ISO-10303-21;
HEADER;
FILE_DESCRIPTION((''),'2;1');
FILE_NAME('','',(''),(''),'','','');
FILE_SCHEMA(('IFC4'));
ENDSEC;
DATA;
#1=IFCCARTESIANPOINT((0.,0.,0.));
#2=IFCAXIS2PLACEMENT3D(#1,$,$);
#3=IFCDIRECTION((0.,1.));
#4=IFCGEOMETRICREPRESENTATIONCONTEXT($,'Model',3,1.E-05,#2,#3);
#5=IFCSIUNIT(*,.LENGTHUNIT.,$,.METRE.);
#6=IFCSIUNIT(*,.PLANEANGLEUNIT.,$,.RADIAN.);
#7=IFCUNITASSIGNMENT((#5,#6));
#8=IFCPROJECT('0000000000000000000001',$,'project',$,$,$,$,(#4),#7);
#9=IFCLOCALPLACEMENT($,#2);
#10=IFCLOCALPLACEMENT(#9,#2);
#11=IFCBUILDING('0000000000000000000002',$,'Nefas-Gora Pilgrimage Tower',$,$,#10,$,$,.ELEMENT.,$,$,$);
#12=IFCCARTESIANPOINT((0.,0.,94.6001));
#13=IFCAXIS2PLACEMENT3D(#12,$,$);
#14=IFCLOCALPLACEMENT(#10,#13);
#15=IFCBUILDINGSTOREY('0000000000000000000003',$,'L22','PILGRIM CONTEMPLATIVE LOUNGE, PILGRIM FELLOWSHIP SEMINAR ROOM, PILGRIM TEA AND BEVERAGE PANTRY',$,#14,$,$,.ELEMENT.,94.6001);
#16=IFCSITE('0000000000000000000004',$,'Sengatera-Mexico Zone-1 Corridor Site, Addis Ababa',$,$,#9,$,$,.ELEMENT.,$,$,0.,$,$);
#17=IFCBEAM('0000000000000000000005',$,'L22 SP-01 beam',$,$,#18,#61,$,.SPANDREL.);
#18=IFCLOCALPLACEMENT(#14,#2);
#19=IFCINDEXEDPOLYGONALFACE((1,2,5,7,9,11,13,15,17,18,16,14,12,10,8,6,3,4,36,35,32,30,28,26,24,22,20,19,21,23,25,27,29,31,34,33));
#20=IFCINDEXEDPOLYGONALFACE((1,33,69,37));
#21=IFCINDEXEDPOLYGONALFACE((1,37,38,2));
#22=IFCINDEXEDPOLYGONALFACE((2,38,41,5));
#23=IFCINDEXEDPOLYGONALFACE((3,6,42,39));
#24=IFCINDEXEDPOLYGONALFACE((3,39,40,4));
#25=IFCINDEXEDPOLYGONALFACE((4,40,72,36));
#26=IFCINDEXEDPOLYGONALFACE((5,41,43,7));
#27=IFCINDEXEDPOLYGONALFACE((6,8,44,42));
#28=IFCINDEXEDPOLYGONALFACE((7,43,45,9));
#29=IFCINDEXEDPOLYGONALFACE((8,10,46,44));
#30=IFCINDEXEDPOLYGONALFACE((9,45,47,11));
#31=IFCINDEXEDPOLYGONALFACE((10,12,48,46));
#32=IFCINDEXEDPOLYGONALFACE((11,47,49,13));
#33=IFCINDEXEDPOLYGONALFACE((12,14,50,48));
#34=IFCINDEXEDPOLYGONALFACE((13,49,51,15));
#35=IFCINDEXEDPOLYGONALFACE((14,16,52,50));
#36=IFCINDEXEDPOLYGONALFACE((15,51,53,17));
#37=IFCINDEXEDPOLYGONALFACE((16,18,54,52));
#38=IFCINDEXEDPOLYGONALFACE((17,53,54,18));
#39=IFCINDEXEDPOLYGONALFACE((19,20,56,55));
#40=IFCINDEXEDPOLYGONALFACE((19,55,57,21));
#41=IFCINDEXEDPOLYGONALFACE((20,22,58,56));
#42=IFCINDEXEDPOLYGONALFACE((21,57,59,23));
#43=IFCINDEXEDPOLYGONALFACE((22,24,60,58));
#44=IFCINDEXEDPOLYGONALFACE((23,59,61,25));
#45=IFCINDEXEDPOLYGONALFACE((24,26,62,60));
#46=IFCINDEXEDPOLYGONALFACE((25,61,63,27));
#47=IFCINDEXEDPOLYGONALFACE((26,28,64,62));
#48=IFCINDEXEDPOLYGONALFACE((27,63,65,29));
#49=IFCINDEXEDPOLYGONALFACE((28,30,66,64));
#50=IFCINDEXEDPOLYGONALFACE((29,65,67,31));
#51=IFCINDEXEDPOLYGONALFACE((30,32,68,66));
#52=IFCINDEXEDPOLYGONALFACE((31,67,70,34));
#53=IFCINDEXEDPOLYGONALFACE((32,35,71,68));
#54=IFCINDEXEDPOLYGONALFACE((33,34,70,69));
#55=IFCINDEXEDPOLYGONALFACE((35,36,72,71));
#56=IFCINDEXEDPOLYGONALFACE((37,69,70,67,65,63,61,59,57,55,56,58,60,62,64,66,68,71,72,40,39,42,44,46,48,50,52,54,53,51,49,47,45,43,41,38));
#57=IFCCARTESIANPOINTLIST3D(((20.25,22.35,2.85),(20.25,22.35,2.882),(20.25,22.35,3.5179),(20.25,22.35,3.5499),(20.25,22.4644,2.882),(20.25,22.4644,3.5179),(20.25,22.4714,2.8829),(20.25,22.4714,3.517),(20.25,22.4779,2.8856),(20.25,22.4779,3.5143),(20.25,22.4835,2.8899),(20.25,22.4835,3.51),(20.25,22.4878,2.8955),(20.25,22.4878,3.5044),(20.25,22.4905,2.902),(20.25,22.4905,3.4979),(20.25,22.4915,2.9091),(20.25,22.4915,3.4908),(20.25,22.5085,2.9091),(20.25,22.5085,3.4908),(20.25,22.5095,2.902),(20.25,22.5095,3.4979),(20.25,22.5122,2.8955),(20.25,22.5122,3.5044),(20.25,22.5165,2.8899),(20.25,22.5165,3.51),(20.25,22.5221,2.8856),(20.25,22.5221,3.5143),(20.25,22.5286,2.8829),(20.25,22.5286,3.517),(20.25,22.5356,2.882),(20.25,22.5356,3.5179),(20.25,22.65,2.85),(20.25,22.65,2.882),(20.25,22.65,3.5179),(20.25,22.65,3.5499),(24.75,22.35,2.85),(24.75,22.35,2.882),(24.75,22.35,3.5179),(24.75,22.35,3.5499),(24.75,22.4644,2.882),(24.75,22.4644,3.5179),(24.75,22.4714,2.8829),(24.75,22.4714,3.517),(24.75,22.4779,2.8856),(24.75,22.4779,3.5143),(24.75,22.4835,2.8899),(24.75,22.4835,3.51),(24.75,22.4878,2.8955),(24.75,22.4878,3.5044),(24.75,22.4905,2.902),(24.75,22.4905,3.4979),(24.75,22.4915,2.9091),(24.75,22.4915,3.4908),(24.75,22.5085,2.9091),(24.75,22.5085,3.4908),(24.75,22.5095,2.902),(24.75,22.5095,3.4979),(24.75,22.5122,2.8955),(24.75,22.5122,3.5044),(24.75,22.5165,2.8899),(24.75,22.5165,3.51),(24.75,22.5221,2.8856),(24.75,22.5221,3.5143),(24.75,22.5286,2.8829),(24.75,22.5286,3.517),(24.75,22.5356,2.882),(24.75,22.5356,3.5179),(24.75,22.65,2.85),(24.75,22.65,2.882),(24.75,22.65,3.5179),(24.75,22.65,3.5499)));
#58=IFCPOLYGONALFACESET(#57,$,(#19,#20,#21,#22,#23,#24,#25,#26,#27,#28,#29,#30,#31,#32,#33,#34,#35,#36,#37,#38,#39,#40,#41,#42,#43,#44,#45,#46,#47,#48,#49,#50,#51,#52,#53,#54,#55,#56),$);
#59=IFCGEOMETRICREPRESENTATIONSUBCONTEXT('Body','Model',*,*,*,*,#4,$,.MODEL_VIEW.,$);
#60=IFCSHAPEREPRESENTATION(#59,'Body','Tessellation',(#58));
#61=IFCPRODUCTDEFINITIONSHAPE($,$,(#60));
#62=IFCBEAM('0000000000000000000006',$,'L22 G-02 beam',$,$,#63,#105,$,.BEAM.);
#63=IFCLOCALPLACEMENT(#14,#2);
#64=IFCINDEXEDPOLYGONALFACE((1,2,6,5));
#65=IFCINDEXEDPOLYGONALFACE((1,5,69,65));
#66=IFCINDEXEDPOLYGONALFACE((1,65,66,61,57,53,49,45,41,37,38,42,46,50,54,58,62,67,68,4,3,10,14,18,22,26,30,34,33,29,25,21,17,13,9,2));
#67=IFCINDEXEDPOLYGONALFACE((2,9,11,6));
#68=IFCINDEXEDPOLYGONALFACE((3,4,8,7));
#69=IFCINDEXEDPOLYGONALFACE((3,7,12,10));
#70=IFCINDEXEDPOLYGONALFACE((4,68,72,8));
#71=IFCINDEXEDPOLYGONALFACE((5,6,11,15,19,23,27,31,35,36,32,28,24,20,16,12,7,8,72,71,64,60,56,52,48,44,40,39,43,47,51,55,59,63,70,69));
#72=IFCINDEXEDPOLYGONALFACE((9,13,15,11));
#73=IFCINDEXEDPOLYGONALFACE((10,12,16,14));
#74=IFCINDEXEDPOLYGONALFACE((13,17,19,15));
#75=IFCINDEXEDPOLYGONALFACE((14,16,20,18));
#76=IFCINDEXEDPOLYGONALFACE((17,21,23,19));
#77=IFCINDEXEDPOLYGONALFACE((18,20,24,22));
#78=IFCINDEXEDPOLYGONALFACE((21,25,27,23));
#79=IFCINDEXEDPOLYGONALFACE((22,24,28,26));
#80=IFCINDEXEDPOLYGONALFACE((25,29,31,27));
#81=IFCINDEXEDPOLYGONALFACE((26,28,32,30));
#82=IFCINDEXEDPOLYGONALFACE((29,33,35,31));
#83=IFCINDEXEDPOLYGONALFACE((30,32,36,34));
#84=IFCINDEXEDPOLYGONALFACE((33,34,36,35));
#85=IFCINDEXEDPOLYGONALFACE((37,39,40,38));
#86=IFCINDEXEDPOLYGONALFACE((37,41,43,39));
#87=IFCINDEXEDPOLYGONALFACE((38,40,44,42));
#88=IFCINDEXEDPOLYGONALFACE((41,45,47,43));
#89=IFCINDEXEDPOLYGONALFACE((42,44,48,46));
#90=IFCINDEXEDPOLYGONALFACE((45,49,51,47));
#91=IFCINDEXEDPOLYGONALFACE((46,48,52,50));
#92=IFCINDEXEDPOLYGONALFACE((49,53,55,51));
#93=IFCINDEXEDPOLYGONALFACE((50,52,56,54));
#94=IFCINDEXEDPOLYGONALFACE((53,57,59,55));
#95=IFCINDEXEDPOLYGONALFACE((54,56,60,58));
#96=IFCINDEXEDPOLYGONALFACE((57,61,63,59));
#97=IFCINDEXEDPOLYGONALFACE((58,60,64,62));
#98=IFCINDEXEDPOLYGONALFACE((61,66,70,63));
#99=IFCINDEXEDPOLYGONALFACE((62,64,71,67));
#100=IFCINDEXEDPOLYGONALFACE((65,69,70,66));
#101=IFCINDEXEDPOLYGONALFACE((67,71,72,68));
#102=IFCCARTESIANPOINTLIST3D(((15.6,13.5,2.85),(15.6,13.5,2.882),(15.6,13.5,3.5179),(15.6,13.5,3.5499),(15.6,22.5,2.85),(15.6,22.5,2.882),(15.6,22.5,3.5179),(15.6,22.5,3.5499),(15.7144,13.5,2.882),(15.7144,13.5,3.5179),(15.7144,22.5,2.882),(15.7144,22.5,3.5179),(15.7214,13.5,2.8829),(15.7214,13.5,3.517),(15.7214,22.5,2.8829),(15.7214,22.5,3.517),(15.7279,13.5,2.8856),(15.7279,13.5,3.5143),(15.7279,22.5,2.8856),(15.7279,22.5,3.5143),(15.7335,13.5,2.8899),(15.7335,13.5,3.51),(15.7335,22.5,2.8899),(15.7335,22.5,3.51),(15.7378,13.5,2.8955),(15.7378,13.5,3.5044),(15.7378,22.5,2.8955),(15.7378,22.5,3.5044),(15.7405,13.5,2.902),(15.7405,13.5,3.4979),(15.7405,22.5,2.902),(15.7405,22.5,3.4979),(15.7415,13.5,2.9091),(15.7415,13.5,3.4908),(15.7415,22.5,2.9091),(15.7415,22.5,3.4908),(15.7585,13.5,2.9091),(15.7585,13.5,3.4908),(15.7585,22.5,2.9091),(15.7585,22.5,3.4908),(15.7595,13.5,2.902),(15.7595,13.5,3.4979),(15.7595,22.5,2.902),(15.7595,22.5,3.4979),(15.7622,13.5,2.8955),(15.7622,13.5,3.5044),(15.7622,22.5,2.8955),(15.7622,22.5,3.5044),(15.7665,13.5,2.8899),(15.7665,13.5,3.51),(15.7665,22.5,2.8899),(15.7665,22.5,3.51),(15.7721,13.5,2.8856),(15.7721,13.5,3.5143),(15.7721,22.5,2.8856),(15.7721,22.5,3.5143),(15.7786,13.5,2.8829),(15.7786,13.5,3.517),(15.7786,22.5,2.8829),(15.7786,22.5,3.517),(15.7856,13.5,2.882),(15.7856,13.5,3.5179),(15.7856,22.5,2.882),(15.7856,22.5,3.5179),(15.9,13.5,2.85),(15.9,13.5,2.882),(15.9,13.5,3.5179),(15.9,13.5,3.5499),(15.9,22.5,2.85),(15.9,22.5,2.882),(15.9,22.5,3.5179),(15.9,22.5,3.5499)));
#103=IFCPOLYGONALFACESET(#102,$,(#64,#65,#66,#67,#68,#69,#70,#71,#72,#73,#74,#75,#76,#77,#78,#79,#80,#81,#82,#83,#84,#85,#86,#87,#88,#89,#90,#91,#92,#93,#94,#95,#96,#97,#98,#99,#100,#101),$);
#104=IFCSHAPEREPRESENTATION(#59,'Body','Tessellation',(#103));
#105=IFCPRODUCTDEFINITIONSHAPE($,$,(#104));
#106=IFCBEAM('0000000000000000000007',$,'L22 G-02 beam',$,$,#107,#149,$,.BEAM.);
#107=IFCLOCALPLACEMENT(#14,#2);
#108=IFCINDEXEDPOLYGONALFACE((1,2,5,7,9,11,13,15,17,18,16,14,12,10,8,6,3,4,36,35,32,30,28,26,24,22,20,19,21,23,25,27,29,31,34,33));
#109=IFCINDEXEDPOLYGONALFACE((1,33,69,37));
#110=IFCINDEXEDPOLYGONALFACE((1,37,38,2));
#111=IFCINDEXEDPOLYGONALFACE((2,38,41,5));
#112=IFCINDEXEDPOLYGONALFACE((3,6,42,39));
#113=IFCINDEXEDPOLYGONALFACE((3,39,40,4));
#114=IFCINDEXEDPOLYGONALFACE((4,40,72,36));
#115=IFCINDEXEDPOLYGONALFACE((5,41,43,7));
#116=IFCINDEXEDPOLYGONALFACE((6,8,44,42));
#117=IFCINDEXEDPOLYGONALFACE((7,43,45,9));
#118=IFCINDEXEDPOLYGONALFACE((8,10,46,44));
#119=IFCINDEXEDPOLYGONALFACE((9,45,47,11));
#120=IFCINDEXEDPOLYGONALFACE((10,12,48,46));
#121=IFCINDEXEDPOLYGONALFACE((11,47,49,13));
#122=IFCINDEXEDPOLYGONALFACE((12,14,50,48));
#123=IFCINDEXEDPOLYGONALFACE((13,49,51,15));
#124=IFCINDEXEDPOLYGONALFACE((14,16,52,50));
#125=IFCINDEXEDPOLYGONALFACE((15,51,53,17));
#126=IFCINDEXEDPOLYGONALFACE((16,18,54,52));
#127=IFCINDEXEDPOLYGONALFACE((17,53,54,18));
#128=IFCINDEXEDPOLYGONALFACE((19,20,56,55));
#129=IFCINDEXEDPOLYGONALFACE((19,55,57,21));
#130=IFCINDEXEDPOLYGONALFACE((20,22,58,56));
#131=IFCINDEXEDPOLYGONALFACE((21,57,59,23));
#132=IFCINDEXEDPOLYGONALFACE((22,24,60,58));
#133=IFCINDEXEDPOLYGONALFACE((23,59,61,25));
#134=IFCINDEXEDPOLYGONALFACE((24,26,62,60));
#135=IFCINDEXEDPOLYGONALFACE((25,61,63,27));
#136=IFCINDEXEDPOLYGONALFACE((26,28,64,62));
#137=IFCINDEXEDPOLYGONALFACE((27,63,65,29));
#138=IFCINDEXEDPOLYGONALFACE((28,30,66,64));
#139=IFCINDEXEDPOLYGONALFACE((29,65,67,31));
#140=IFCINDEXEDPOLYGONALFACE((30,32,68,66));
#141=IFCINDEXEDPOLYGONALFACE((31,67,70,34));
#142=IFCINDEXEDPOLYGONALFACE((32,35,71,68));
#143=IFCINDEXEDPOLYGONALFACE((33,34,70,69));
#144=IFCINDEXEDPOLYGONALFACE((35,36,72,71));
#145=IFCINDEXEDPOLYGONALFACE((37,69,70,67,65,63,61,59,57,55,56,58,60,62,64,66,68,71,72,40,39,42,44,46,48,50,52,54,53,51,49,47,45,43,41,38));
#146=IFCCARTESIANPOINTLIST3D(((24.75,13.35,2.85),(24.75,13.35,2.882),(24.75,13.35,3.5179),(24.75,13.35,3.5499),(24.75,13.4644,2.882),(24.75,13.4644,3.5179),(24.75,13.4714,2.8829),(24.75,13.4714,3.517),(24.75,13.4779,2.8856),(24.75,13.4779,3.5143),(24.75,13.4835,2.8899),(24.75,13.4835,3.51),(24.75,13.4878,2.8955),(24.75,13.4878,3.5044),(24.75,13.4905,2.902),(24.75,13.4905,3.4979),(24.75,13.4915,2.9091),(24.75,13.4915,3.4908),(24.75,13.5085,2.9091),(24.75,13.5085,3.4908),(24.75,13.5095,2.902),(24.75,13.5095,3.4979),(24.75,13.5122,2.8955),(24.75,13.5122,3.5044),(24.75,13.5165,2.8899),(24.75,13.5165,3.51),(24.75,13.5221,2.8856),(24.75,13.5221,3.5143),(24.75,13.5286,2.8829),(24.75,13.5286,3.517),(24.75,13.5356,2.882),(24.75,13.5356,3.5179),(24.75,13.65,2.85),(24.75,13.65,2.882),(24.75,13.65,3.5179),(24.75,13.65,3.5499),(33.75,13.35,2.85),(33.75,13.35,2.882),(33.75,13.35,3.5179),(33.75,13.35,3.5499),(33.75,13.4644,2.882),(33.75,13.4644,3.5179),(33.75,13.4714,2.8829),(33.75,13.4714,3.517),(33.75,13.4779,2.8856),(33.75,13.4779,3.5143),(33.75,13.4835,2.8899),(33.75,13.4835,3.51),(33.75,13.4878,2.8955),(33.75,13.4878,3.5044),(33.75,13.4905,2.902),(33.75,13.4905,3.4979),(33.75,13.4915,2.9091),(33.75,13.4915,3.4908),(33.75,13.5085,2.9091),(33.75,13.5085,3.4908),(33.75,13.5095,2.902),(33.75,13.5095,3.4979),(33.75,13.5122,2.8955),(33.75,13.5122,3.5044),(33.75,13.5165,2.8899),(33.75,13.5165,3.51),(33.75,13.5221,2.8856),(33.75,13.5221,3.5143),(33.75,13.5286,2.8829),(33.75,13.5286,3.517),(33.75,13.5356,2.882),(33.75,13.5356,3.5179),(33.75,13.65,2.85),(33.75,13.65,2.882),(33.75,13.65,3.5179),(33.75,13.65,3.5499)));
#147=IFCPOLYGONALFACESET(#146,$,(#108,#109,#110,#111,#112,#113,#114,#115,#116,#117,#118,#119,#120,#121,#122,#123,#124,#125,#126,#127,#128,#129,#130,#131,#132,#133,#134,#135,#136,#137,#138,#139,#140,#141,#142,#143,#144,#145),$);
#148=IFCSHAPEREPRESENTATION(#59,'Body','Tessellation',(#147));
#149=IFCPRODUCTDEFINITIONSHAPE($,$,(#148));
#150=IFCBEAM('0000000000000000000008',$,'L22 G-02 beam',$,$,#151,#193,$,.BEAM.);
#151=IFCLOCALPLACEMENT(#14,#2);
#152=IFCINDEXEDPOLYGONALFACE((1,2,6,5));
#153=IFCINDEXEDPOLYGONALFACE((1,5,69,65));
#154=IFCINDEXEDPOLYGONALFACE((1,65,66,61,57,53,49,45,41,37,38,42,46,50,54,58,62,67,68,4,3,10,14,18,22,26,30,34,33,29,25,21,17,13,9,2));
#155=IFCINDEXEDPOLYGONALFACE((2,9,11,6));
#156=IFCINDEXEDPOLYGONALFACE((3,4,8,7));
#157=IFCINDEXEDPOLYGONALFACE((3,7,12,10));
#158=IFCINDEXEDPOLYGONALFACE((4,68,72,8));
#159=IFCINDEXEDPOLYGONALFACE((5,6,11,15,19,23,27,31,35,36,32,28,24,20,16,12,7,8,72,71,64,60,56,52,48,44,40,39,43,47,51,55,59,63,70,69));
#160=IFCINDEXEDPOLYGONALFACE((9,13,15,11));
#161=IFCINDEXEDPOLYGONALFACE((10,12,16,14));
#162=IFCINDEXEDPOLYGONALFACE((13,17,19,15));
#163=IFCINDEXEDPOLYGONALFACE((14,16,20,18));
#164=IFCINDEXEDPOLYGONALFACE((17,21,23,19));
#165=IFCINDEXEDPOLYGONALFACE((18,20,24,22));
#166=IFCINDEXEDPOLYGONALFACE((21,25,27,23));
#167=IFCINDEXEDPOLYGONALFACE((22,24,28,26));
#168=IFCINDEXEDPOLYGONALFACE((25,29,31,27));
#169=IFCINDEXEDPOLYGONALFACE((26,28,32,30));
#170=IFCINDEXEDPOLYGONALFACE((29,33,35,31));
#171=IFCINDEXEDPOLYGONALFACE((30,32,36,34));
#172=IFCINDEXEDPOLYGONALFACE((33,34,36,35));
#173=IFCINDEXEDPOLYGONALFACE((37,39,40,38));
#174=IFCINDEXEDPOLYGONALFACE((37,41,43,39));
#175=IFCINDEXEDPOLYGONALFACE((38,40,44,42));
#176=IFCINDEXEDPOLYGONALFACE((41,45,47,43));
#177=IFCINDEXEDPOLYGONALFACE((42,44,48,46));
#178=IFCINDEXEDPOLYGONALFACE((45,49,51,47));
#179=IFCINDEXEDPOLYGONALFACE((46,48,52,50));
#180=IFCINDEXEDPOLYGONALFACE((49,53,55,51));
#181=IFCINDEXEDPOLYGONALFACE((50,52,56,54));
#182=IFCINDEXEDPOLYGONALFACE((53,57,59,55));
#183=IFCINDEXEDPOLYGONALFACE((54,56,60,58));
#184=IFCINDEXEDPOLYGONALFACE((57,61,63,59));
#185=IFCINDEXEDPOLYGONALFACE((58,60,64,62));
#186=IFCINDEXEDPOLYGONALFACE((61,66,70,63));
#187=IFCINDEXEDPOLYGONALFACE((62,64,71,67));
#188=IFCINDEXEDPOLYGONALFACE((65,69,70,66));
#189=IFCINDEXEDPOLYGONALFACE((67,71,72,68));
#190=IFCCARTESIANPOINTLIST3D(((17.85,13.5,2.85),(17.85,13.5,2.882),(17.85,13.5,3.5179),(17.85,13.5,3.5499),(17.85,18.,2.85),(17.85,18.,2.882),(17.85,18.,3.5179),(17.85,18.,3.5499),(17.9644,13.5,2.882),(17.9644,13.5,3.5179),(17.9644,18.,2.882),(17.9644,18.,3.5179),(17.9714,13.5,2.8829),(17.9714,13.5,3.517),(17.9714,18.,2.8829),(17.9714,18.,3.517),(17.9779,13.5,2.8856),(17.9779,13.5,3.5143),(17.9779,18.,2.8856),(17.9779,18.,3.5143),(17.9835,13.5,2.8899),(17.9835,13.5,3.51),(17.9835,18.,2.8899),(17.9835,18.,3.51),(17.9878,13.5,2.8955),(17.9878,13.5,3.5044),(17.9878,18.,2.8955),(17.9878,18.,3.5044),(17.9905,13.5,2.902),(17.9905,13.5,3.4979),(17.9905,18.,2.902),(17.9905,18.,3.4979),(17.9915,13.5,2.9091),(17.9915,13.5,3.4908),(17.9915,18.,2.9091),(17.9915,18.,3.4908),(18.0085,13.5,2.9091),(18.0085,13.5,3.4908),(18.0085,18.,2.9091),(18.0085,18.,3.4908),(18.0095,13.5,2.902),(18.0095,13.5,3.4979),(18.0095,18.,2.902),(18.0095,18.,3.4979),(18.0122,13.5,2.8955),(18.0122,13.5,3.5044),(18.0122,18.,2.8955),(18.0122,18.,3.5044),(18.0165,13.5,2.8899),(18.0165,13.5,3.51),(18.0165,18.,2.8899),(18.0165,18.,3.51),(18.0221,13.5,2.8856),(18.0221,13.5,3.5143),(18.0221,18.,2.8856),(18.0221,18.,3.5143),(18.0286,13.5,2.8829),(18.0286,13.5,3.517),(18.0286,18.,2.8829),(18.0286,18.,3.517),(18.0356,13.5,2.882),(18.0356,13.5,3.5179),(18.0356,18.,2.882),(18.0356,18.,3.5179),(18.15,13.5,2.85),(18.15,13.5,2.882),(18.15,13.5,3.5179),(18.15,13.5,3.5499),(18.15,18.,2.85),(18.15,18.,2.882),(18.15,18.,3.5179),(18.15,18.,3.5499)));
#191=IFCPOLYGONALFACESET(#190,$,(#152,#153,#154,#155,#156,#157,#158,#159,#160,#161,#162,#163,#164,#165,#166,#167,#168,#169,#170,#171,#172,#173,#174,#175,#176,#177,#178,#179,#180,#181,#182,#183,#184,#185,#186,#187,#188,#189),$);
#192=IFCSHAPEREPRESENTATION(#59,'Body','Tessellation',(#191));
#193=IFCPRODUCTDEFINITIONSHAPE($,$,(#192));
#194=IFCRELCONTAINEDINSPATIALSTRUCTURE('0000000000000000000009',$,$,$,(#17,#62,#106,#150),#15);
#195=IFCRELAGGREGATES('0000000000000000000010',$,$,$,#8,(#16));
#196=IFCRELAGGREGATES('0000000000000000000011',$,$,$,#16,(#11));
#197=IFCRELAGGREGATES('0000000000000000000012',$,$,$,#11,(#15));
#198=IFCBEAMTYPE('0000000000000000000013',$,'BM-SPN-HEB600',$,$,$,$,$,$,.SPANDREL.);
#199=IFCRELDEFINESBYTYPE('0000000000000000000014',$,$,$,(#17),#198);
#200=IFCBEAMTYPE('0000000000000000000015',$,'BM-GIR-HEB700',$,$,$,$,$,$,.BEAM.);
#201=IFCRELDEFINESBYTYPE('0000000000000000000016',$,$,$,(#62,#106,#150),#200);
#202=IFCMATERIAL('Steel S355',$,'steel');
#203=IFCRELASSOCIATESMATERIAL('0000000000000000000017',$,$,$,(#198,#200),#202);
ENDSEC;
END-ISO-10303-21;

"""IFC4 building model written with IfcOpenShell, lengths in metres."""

from ifc_helpers import new_model, si_unit, direction, frame, origin, origin_2d, place, context, subcontext, project, spatial, i_section, extrude, source, transform, mapped, material, material_profile, profile_set, type_object, element, save


model = new_model("IFC4")

# Units and contexts
model_context = context("Model", 3, precision=1e-05, world=origin(), true_north=direction((0.0, 1.0)))
body_context = subcontext(model_context, "Body", "Model", "MODEL_VIEW")
ifc_project = project(units=[si_unit("LENGTHUNIT", "METRE"), si_unit("PLANEANGLEUNIT", "RADIAN")], contexts=[model_context])

# Site, building, storey
site_placement = place(None, origin())
site = spatial("IfcSite", under=ifc_project, at=site_placement, Name="Sengatera-Mexico Zone-1 Corridor Site, Addis Ababa", CompositionType="ELEMENT", RefElevation=0.0)
building_placement = place(site_placement, origin())
building = spatial("IfcBuilding", under=site, at=building_placement, Name="Nefas-Gora Pilgrimage Tower", CompositionType="ELEMENT")
storey_placement = place(building_placement, frame((0.0, 0.0, 94.6001)))
storey = spatial("IfcBuildingStorey", under=building, at=storey_placement, Name="L22", Description="PILGRIM CONTEMPLATIVE LOUNGE, PILGRIM FELLOWSHIP SEMINAR ROOM, PILGRIM TEA AND BEVERAGE PANTRY", CompositionType="ELEMENT", Elevation=94.6001)

# Beams
ifc_material_1 = material(Name="Steel S355", Category="steel")
ifc_material_profile_1 = material_profile(ifc_material_1, i_section(OverallWidth=0.3, OverallDepth=0.7, WebThickness=0.0171, FlangeThickness=0.032, FilletRadius=0.0271, at=origin_2d()), Name="HEB 700")
ifc_profile_set_1 = profile_set([ifc_material_profile_1], Name="Steel S355")
beam_type_1 = type_object("IfcBeamType", Name="BM-SPN-HEB600", PredefinedType="SPANDREL", material=ifc_profile_set_1)
shared_shape_1 = source(origin(), body_context, "Body", "SweptSolid", [
    extrude(i_section(OverallWidth=0.3, OverallDepth=0.7, WebThickness=0.0171, FlangeThickness=0.032, FilletRadius=0.0271, at=origin_2d()), origin(), (0.0, 0.0, 1.0), 4.5),
])
beam_1_placement = place(storey_placement, frame((20.25, 22.5, 3.2), z_axis=(1.0, 0.0, 0.0), x_axis=(0.0, 1.0, 0.0)))
element("IfcBeam", 1, at=beam_1_placement, inside=storey, type_object=beam_type_1, Name="L22 SP-01 beam", PredefinedType="SPANDREL", context=body_context, shape_type="MappedRepresentation", body=[
    mapped(shared_shape_1, transform((0.0, 0.0, 0.0), x_axis=(1.0, 0.0, 0.0), y_axis=(0.0, 1.0, 0.0), z_axis=(0.0, 0.0, 1.0), scale=1.0)),
])
ifc_material_profile_2 = material_profile(ifc_material_1, i_section(OverallWidth=0.3, OverallDepth=0.7, WebThickness=0.0171, FlangeThickness=0.032, FilletRadius=0.0271, at=origin_2d()), Name="HEB 700")
ifc_profile_set_2 = profile_set([ifc_material_profile_2], Name="Steel S355")
beam_type_2 = type_object("IfcBeamType", Name="BM-GIR-HEB700", PredefinedType="BEAM", material=ifc_profile_set_2)
shared_shape_2 = source(origin(), body_context, "Body", "SweptSolid", [
    extrude(i_section(OverallWidth=0.3, OverallDepth=0.7, WebThickness=0.0171, FlangeThickness=0.032, FilletRadius=0.0271, at=origin_2d()), origin(), (0.0, 0.0, 1.0), 9.0),
])
for number, where, z_axis, x_axis, name in (
    (2, (15.75, 13.5, 3.2), (0.0, 1.0, 0.0), (-1.0, 0.0, 0.0), "L22 G-02 beam"),
    (3, (24.75, 13.5, 3.2), (1.0, 0.0, 0.0), (0.0, 1.0, 0.0), "L22 G-02 beam"),
):
    element("IfcBeam", number, at=place(storey_placement, frame(where, z_axis=z_axis, x_axis=x_axis)), inside=storey, type_object=beam_type_2, Name=name, PredefinedType="BEAM", context=body_context, shape_type="MappedRepresentation", body=[
        mapped(shared_shape_2, transform((0.0, 0.0, 0.0), x_axis=(1.0, 0.0, 0.0), y_axis=(0.0, 1.0, 0.0), z_axis=(0.0, 0.0, 1.0), scale=1.0)),
    ])
shared_shape_3 = source(origin(), body_context, "Body", "SweptSolid", [
    extrude(i_section(OverallWidth=0.3, OverallDepth=0.7, WebThickness=0.0171, FlangeThickness=0.032, FilletRadius=0.0271, at=origin_2d()), origin(), (0.0, 0.0, 1.0), 4.5),
])
for number, where, z_axis, x_axis, name in (
    (4, (18.0, 13.5, 3.2), (0.0, 1.0, 0.0), (-1.0, 0.0, 0.0), "L22 G-02 beam"),
):
    element("IfcBeam", number, at=place(storey_placement, frame(where, z_axis=z_axis, x_axis=x_axis)), inside=storey, type_object=beam_type_2, Name=name, PredefinedType="BEAM", context=body_context, shape_type="MappedRepresentation", body=[
        mapped(shared_shape_3, transform((0.0, 0.0, 0.0), x_axis=(1.0, 0.0, 0.0), y_axis=(0.0, 1.0, 0.0), z_axis=(0.0, 0.0, 1.0), scale=1.0)),
    ])

save(model, "model.ifc")
